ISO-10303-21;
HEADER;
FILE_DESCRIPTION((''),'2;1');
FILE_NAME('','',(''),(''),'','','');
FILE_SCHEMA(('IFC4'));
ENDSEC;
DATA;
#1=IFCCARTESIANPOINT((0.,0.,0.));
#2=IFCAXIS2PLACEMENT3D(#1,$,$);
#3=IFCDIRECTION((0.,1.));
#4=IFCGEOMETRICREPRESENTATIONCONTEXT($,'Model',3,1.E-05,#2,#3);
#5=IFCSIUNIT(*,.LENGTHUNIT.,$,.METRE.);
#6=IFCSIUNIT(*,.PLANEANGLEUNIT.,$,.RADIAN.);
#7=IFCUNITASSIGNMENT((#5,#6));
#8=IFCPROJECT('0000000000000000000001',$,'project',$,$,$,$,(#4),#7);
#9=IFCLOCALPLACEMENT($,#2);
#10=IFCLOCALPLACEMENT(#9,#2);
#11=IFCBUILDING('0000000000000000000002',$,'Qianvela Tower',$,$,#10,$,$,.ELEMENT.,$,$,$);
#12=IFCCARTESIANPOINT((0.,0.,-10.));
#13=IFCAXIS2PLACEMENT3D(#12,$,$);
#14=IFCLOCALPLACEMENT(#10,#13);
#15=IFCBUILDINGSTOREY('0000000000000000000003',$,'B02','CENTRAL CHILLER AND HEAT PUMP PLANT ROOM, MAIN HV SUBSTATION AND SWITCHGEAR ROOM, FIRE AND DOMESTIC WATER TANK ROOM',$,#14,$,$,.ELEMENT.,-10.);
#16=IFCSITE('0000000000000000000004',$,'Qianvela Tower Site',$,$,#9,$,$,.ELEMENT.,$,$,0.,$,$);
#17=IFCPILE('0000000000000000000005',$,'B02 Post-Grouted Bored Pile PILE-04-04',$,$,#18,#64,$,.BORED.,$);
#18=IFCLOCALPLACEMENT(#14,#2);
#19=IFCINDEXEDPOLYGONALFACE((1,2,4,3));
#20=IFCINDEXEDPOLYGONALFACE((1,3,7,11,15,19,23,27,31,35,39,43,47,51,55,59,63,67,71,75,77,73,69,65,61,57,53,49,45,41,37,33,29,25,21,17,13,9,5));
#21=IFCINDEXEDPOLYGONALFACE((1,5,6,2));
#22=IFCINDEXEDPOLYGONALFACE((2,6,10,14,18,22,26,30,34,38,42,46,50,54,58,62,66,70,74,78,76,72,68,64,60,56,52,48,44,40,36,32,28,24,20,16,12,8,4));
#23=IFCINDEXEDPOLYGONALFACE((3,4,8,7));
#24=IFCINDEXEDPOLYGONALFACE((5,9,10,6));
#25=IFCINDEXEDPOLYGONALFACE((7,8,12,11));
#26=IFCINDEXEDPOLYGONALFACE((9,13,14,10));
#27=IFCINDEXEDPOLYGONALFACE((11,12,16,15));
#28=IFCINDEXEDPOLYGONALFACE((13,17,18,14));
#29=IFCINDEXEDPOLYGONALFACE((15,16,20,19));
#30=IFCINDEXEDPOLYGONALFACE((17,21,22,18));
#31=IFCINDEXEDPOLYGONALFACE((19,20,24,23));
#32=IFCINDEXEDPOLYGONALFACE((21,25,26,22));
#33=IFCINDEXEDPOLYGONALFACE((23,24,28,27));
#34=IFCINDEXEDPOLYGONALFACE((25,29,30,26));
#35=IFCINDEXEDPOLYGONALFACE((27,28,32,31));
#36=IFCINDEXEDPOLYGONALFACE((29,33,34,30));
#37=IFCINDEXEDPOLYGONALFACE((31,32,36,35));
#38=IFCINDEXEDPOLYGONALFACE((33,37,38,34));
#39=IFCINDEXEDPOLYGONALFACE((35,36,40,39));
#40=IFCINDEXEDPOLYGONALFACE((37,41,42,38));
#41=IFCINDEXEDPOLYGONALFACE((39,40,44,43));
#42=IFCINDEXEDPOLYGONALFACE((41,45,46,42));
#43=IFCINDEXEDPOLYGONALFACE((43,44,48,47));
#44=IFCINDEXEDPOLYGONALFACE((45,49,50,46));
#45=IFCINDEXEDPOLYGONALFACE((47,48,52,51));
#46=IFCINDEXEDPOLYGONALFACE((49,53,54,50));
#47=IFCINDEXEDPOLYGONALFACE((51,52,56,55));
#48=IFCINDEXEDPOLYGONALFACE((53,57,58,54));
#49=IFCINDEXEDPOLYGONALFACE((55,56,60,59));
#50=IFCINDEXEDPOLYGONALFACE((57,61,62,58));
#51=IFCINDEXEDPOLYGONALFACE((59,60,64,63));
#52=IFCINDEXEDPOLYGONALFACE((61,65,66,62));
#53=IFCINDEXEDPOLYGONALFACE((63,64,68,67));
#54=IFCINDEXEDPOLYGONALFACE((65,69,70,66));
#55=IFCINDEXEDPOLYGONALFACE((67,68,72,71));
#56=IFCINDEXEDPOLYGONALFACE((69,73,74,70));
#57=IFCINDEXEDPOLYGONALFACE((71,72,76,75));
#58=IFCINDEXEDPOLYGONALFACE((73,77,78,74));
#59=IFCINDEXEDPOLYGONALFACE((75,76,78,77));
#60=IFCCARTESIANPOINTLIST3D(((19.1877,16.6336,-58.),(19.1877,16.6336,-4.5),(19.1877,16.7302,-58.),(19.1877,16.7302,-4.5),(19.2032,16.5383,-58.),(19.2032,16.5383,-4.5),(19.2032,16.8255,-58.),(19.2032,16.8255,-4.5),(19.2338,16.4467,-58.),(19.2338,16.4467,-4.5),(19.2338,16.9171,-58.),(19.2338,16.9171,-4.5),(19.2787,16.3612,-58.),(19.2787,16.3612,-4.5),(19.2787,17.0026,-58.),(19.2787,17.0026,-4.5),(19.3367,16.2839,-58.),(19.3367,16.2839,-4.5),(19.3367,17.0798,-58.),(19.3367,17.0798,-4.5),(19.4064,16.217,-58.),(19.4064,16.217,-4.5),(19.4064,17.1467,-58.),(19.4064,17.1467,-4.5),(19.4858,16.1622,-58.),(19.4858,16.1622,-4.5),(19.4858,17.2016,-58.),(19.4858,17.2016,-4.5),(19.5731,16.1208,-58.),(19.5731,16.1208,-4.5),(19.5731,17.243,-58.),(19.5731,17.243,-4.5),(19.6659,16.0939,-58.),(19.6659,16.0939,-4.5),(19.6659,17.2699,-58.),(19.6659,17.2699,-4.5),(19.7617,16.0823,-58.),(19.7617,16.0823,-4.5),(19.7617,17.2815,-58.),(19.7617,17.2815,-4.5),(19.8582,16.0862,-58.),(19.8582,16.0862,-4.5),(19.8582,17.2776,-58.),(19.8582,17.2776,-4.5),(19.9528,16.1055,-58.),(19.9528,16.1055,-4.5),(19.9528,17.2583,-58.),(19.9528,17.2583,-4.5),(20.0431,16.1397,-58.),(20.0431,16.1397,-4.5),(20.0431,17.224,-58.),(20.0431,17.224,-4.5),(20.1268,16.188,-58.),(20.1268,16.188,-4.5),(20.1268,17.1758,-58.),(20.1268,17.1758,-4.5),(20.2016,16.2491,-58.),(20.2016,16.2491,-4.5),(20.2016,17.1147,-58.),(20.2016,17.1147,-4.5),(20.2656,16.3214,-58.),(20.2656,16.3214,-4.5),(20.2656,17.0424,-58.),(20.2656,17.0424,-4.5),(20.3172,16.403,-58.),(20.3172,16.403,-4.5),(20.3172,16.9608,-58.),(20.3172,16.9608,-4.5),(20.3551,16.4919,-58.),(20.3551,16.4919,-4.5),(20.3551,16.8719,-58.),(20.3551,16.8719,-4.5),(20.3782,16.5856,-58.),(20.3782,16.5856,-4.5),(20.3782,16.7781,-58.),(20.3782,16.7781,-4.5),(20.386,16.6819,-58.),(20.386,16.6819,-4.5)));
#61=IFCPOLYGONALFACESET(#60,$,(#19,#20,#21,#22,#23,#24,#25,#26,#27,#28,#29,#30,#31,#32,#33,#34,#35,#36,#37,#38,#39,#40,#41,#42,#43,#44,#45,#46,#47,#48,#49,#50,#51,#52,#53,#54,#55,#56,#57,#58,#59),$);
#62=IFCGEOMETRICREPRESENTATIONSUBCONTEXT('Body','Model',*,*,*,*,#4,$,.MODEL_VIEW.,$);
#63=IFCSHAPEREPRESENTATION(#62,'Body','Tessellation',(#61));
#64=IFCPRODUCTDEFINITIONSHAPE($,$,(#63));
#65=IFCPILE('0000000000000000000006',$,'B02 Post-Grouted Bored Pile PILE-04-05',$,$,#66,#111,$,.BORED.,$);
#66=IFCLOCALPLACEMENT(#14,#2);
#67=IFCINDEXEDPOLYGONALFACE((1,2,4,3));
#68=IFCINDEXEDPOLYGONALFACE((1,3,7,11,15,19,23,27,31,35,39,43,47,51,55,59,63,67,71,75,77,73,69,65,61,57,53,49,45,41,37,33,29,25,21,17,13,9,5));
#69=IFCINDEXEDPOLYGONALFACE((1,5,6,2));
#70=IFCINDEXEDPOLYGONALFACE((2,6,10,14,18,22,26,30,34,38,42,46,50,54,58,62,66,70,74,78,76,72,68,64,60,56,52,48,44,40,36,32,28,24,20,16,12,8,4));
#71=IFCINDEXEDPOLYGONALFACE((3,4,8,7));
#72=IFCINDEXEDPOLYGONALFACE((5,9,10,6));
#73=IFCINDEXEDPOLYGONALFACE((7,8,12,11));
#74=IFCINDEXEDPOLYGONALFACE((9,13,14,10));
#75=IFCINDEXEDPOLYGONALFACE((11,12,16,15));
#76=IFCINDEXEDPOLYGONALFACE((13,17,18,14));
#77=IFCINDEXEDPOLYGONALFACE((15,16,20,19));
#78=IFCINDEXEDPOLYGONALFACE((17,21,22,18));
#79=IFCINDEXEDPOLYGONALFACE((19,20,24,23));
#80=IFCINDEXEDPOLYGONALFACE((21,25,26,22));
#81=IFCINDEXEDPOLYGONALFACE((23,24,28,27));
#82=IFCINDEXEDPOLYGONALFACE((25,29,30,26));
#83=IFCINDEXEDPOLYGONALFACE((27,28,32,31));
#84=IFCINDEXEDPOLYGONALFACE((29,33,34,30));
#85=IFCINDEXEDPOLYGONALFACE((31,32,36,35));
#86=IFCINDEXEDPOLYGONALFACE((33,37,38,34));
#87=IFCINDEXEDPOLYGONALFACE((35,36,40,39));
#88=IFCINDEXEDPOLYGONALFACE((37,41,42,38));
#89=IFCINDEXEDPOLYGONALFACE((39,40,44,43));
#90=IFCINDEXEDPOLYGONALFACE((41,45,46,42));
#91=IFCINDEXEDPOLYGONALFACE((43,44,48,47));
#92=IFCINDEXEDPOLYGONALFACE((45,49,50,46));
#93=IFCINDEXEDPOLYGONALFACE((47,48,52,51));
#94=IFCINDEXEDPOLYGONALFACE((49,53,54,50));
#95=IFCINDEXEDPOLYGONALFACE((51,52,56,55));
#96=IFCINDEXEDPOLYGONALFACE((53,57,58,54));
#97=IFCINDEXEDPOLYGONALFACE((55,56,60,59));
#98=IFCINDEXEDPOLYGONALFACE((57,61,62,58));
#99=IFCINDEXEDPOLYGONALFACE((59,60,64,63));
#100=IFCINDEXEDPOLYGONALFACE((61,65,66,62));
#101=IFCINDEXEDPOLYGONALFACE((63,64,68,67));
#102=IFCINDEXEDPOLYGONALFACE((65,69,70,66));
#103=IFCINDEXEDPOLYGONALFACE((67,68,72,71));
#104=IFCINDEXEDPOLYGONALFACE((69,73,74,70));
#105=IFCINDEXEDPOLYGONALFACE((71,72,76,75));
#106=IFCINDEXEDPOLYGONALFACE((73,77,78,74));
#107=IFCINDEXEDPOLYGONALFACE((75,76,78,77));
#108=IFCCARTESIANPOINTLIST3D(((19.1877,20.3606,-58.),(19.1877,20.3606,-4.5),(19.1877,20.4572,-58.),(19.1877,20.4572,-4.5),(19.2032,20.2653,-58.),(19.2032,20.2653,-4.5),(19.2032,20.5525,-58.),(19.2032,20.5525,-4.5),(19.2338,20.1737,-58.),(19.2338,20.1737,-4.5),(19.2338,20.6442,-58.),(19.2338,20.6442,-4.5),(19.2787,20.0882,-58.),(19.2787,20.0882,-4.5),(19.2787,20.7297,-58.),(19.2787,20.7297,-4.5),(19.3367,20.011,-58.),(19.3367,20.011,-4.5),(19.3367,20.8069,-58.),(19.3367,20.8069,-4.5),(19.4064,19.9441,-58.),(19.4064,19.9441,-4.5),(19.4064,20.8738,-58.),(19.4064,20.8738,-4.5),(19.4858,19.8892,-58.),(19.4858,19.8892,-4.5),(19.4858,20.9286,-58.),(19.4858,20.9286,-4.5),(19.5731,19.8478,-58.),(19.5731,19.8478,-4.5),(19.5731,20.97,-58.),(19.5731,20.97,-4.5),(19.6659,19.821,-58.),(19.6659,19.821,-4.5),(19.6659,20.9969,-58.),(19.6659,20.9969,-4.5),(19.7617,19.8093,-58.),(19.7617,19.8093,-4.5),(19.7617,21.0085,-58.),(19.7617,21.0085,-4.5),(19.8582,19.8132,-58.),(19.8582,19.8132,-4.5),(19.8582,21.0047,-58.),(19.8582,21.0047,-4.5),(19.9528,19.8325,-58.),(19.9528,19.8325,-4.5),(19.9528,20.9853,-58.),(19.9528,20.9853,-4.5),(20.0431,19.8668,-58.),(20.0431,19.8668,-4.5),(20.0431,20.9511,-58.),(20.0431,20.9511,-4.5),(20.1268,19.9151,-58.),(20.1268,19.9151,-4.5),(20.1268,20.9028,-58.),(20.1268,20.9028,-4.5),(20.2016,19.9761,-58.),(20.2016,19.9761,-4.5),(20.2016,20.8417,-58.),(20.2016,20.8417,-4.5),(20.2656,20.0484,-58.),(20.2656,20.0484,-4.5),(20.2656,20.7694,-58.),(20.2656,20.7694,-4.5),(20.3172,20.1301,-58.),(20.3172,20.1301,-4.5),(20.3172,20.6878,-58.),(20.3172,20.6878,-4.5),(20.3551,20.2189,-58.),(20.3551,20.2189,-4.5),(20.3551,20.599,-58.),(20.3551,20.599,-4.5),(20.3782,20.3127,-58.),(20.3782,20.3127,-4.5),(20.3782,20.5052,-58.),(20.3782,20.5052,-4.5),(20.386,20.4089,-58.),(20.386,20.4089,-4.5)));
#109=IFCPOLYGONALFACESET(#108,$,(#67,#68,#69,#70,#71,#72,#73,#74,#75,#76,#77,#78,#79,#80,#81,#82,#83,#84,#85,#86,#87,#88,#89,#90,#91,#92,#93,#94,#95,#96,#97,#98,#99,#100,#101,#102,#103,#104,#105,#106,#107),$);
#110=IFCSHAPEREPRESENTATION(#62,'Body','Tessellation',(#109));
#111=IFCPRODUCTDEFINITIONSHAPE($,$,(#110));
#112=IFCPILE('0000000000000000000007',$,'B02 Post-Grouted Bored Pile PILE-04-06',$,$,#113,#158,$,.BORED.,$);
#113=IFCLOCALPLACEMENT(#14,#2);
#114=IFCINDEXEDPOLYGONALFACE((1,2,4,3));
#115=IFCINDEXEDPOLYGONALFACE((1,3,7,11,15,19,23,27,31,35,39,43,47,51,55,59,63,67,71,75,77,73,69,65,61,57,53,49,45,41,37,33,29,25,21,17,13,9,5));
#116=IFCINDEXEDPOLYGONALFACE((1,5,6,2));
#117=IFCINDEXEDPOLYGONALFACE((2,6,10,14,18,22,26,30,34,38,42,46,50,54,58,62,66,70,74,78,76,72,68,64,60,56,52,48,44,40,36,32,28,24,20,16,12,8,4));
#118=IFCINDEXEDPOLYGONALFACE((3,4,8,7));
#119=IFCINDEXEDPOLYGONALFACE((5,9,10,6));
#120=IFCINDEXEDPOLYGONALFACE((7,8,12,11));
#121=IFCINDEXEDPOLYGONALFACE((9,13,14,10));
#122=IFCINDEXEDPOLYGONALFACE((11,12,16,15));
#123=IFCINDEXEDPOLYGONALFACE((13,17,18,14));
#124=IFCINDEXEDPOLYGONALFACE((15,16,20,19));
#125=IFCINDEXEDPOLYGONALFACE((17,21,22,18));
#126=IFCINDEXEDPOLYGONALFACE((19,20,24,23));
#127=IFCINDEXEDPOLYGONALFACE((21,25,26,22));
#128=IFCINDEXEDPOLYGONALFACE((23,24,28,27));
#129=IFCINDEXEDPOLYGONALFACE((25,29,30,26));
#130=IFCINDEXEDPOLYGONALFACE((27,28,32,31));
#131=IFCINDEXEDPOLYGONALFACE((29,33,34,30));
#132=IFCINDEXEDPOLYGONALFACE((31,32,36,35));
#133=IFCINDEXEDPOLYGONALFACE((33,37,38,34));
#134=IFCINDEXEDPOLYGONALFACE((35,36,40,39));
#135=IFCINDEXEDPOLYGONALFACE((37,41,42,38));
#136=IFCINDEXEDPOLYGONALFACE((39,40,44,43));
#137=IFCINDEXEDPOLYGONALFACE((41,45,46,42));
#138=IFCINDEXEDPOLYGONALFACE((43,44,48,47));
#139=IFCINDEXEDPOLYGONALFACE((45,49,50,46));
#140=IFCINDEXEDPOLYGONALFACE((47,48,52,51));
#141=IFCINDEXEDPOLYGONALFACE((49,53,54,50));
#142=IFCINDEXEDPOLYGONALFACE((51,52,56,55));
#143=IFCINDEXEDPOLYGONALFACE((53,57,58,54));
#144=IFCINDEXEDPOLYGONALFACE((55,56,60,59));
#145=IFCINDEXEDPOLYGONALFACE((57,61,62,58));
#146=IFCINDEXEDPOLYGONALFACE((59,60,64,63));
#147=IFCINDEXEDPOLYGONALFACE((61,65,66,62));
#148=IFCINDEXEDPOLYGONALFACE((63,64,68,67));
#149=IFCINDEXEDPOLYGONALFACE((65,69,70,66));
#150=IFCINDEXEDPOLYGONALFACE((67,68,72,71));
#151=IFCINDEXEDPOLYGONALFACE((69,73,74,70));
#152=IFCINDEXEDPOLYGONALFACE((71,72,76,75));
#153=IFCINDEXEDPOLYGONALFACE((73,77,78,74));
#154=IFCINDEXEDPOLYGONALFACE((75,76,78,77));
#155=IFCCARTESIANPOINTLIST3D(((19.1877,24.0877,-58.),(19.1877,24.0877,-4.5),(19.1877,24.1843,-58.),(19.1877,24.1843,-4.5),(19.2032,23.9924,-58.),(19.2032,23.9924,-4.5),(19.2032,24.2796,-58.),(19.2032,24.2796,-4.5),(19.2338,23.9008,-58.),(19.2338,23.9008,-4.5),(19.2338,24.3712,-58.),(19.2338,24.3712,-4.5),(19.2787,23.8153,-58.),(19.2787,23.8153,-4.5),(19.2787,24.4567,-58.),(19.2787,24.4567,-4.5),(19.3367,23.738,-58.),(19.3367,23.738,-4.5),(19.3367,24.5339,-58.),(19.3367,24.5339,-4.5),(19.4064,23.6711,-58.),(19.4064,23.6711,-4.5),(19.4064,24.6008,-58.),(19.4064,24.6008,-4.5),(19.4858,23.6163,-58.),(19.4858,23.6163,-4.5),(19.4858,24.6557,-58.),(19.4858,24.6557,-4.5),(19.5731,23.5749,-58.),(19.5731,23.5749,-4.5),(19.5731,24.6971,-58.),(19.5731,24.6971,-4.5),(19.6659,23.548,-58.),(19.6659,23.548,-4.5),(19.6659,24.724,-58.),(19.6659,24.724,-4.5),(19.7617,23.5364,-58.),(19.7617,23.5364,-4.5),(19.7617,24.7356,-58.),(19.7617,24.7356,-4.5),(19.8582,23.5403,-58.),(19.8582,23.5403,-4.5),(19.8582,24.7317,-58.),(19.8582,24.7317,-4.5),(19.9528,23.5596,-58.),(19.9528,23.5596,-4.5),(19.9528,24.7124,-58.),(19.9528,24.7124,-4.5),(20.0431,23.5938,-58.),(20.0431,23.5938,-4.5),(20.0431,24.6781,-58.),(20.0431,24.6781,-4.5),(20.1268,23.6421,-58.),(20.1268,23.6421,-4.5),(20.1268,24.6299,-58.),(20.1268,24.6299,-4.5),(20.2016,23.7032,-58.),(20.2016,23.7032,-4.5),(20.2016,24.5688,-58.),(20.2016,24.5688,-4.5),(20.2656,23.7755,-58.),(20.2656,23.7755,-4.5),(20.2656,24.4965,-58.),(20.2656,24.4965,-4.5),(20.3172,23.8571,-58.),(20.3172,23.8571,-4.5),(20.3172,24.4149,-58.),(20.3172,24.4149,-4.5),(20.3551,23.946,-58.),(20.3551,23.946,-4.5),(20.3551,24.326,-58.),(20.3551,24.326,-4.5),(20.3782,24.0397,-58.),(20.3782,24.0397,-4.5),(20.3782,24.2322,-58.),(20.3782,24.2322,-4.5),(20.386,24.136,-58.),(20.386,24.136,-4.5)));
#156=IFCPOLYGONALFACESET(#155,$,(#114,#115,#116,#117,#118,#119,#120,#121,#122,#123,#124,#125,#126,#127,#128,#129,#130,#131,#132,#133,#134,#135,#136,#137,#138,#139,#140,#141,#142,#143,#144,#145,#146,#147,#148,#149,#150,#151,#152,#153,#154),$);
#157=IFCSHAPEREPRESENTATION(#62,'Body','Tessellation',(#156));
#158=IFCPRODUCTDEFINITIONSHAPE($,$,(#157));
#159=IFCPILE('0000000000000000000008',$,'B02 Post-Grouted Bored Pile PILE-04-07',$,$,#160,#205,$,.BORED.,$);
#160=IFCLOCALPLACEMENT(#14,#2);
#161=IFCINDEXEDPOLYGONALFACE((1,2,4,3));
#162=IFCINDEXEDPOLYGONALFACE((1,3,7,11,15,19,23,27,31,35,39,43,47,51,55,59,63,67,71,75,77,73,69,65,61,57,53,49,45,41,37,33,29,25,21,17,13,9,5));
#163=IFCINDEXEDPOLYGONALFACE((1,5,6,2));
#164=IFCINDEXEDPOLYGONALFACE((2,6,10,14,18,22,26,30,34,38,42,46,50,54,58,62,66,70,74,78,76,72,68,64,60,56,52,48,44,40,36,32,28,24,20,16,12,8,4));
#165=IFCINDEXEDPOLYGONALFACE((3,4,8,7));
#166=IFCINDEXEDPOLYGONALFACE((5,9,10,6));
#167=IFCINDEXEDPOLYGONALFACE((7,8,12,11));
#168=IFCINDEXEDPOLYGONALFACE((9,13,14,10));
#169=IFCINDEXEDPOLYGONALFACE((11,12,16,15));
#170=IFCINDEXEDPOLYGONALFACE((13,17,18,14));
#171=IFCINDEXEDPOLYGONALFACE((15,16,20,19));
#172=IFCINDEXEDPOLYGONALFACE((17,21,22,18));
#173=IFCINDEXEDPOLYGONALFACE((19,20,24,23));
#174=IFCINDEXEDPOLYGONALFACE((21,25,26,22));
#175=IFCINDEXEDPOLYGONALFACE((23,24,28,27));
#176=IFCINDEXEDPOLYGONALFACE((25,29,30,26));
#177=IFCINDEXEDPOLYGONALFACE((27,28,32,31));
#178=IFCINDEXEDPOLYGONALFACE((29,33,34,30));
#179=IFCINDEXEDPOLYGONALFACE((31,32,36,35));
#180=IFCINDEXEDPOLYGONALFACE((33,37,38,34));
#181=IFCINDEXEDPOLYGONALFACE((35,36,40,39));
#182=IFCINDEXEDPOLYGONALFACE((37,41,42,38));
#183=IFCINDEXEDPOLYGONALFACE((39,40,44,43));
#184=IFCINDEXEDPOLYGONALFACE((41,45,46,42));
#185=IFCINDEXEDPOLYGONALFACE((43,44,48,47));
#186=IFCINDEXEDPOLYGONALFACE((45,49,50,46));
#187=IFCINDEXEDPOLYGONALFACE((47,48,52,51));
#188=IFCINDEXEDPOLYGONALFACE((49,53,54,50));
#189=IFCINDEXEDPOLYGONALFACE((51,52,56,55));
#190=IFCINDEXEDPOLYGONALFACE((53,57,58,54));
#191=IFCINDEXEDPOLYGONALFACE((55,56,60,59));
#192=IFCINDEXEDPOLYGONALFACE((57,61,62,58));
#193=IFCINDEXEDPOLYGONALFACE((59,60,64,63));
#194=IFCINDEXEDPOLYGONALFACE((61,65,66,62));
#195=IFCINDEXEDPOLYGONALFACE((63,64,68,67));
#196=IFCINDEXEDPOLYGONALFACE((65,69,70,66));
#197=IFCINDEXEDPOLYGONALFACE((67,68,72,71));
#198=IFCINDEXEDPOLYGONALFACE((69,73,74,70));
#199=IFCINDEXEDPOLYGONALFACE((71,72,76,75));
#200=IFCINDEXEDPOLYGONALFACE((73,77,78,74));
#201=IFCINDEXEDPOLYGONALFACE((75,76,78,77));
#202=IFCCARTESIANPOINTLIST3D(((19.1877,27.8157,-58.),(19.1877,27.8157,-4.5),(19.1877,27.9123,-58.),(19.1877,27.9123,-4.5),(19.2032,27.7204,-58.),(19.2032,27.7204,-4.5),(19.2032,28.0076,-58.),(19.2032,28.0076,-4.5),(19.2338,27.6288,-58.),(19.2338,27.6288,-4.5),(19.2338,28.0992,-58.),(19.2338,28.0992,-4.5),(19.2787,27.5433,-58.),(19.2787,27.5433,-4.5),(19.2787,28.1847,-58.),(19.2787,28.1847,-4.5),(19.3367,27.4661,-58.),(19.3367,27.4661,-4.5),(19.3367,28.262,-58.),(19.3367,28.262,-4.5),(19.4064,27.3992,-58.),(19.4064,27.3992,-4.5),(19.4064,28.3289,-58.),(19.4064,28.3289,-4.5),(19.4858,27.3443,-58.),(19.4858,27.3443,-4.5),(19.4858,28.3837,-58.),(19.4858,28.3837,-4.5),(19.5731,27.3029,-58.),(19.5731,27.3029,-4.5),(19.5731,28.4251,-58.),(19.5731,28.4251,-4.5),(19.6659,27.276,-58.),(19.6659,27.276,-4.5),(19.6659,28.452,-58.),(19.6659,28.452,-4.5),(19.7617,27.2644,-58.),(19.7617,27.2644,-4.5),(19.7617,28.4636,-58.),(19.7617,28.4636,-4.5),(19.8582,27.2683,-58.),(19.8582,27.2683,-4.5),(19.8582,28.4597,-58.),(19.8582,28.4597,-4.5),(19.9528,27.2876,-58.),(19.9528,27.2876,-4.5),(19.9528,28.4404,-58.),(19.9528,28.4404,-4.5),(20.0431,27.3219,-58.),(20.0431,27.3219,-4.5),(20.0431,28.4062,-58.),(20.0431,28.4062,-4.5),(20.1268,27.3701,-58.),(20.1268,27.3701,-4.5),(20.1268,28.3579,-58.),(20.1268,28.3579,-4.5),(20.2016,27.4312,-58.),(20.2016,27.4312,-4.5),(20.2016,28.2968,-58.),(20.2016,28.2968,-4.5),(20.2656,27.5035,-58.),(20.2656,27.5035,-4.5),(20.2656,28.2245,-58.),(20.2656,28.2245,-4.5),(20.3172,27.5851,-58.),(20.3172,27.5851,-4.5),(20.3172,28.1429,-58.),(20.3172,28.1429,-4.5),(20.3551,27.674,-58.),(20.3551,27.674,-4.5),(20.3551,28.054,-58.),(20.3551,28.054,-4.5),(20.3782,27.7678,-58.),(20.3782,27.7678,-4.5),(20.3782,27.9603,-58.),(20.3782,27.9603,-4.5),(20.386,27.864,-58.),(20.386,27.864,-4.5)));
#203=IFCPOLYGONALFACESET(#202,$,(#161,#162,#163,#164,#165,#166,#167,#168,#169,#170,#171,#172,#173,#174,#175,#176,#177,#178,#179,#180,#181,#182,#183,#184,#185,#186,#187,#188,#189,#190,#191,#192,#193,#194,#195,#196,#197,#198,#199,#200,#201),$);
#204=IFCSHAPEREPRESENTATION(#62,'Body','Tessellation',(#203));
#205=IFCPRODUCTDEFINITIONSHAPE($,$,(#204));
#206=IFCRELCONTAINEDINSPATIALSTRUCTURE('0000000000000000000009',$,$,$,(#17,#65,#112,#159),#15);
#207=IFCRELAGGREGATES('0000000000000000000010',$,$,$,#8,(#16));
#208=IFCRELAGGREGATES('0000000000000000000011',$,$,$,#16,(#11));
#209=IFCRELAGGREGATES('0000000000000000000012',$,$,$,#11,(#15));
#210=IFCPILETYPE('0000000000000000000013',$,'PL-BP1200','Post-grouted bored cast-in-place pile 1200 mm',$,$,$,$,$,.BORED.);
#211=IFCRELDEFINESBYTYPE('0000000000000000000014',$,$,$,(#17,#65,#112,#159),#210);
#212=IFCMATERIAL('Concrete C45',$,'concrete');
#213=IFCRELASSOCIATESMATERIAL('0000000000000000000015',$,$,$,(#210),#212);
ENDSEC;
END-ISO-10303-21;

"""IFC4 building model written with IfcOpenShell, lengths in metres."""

from ifc_helpers import new_model, si_unit, direction, frame, origin, origin_2d, place, context, subcontext, project, spatial, circle, extrude, material, material_profile, profile_set, type_object, element, save


model = new_model("IFC4")

# Units and contexts
model_context = context("Model", 3, precision=1e-05, world=origin(), true_north=direction((0.0, 1.0)))
body_context = subcontext(model_context, "Body", "Model", "MODEL_VIEW")
ifc_project = project(units=[si_unit("LENGTHUNIT", "METRE"), si_unit("PLANEANGLEUNIT", "RADIAN")], contexts=[model_context])

# Site, building, storey
site_placement = place(None, origin())
site = spatial("IfcSite", under=ifc_project, at=site_placement, Name="Qianvela Tower Site", CompositionType="ELEMENT", RefElevation=0.0)
building_placement = place(site_placement, origin())
building = spatial("IfcBuilding", under=site, at=building_placement, Name="Qianvela Tower", CompositionType="ELEMENT")
storey_placement = place(building_placement, frame((0.0, 0.0, -10.0)))
storey = spatial("IfcBuildingStorey", under=building, at=storey_placement, Name="B02", Description="CENTRAL CHILLER AND HEAT PUMP PLANT ROOM, MAIN HV SUBSTATION AND SWITCHGEAR ROOM, FIRE AND DOMESTIC WATER TANK ROOM", CompositionType="ELEMENT", Elevation=-10.0)

# Piles
ifc_material_1 = material(Name="Concrete C45", Category="concrete")
ifc_material_profile_1 = material_profile(ifc_material_1, circle(Radius=0.6001, at=origin_2d()), Name="BP-1200")
ifc_profile_set_1 = profile_set([ifc_material_profile_1], Name="Concrete C45")
pile_type_1 = type_object("IfcPileType", Name="PL-BP1200", Description="Post-grouted bored cast-in-place pile 1200 mm", PredefinedType="BORED", material=ifc_profile_set_1)
for number, where, z_axis, x_axis, name in (
    (1, (19.7859, 16.6819, -4.5), (0.0, 0.0, -1.0), (1.0, 0.0, 0.0), "B02 Post-Grouted Bored Pile PILE-04-04"),
    (2, (19.7859, 20.4089, -4.5), (0.0, 0.0, -1.0), (1.0, 0.0, 0.0), "B02 Post-Grouted Bored Pile PILE-04-05"),
    (3, (19.7859, 24.136, -4.5), (0.0, 0.0, -1.0), (1.0, 0.0, 0.0), "B02 Post-Grouted Bored Pile PILE-04-06"),
    (4, (19.7859, 27.864, -4.5), (0.0, 0.0, -1.0), (1.0, 0.0, 0.0), "B02 Post-Grouted Bored Pile PILE-04-07"),
):
    element("IfcPile", number, at=place(storey_placement, frame(where, z_axis=z_axis, x_axis=x_axis)), inside=storey, type_object=pile_type_1, Name=name, PredefinedType="BORED", context=body_context, shape_type="SweptSolid", body=[
        extrude(circle(Radius=0.6001, at=origin_2d()), origin(), (0.0, 0.0, 1.0), 53.5),
    ])

save(model, "model.ifc")
